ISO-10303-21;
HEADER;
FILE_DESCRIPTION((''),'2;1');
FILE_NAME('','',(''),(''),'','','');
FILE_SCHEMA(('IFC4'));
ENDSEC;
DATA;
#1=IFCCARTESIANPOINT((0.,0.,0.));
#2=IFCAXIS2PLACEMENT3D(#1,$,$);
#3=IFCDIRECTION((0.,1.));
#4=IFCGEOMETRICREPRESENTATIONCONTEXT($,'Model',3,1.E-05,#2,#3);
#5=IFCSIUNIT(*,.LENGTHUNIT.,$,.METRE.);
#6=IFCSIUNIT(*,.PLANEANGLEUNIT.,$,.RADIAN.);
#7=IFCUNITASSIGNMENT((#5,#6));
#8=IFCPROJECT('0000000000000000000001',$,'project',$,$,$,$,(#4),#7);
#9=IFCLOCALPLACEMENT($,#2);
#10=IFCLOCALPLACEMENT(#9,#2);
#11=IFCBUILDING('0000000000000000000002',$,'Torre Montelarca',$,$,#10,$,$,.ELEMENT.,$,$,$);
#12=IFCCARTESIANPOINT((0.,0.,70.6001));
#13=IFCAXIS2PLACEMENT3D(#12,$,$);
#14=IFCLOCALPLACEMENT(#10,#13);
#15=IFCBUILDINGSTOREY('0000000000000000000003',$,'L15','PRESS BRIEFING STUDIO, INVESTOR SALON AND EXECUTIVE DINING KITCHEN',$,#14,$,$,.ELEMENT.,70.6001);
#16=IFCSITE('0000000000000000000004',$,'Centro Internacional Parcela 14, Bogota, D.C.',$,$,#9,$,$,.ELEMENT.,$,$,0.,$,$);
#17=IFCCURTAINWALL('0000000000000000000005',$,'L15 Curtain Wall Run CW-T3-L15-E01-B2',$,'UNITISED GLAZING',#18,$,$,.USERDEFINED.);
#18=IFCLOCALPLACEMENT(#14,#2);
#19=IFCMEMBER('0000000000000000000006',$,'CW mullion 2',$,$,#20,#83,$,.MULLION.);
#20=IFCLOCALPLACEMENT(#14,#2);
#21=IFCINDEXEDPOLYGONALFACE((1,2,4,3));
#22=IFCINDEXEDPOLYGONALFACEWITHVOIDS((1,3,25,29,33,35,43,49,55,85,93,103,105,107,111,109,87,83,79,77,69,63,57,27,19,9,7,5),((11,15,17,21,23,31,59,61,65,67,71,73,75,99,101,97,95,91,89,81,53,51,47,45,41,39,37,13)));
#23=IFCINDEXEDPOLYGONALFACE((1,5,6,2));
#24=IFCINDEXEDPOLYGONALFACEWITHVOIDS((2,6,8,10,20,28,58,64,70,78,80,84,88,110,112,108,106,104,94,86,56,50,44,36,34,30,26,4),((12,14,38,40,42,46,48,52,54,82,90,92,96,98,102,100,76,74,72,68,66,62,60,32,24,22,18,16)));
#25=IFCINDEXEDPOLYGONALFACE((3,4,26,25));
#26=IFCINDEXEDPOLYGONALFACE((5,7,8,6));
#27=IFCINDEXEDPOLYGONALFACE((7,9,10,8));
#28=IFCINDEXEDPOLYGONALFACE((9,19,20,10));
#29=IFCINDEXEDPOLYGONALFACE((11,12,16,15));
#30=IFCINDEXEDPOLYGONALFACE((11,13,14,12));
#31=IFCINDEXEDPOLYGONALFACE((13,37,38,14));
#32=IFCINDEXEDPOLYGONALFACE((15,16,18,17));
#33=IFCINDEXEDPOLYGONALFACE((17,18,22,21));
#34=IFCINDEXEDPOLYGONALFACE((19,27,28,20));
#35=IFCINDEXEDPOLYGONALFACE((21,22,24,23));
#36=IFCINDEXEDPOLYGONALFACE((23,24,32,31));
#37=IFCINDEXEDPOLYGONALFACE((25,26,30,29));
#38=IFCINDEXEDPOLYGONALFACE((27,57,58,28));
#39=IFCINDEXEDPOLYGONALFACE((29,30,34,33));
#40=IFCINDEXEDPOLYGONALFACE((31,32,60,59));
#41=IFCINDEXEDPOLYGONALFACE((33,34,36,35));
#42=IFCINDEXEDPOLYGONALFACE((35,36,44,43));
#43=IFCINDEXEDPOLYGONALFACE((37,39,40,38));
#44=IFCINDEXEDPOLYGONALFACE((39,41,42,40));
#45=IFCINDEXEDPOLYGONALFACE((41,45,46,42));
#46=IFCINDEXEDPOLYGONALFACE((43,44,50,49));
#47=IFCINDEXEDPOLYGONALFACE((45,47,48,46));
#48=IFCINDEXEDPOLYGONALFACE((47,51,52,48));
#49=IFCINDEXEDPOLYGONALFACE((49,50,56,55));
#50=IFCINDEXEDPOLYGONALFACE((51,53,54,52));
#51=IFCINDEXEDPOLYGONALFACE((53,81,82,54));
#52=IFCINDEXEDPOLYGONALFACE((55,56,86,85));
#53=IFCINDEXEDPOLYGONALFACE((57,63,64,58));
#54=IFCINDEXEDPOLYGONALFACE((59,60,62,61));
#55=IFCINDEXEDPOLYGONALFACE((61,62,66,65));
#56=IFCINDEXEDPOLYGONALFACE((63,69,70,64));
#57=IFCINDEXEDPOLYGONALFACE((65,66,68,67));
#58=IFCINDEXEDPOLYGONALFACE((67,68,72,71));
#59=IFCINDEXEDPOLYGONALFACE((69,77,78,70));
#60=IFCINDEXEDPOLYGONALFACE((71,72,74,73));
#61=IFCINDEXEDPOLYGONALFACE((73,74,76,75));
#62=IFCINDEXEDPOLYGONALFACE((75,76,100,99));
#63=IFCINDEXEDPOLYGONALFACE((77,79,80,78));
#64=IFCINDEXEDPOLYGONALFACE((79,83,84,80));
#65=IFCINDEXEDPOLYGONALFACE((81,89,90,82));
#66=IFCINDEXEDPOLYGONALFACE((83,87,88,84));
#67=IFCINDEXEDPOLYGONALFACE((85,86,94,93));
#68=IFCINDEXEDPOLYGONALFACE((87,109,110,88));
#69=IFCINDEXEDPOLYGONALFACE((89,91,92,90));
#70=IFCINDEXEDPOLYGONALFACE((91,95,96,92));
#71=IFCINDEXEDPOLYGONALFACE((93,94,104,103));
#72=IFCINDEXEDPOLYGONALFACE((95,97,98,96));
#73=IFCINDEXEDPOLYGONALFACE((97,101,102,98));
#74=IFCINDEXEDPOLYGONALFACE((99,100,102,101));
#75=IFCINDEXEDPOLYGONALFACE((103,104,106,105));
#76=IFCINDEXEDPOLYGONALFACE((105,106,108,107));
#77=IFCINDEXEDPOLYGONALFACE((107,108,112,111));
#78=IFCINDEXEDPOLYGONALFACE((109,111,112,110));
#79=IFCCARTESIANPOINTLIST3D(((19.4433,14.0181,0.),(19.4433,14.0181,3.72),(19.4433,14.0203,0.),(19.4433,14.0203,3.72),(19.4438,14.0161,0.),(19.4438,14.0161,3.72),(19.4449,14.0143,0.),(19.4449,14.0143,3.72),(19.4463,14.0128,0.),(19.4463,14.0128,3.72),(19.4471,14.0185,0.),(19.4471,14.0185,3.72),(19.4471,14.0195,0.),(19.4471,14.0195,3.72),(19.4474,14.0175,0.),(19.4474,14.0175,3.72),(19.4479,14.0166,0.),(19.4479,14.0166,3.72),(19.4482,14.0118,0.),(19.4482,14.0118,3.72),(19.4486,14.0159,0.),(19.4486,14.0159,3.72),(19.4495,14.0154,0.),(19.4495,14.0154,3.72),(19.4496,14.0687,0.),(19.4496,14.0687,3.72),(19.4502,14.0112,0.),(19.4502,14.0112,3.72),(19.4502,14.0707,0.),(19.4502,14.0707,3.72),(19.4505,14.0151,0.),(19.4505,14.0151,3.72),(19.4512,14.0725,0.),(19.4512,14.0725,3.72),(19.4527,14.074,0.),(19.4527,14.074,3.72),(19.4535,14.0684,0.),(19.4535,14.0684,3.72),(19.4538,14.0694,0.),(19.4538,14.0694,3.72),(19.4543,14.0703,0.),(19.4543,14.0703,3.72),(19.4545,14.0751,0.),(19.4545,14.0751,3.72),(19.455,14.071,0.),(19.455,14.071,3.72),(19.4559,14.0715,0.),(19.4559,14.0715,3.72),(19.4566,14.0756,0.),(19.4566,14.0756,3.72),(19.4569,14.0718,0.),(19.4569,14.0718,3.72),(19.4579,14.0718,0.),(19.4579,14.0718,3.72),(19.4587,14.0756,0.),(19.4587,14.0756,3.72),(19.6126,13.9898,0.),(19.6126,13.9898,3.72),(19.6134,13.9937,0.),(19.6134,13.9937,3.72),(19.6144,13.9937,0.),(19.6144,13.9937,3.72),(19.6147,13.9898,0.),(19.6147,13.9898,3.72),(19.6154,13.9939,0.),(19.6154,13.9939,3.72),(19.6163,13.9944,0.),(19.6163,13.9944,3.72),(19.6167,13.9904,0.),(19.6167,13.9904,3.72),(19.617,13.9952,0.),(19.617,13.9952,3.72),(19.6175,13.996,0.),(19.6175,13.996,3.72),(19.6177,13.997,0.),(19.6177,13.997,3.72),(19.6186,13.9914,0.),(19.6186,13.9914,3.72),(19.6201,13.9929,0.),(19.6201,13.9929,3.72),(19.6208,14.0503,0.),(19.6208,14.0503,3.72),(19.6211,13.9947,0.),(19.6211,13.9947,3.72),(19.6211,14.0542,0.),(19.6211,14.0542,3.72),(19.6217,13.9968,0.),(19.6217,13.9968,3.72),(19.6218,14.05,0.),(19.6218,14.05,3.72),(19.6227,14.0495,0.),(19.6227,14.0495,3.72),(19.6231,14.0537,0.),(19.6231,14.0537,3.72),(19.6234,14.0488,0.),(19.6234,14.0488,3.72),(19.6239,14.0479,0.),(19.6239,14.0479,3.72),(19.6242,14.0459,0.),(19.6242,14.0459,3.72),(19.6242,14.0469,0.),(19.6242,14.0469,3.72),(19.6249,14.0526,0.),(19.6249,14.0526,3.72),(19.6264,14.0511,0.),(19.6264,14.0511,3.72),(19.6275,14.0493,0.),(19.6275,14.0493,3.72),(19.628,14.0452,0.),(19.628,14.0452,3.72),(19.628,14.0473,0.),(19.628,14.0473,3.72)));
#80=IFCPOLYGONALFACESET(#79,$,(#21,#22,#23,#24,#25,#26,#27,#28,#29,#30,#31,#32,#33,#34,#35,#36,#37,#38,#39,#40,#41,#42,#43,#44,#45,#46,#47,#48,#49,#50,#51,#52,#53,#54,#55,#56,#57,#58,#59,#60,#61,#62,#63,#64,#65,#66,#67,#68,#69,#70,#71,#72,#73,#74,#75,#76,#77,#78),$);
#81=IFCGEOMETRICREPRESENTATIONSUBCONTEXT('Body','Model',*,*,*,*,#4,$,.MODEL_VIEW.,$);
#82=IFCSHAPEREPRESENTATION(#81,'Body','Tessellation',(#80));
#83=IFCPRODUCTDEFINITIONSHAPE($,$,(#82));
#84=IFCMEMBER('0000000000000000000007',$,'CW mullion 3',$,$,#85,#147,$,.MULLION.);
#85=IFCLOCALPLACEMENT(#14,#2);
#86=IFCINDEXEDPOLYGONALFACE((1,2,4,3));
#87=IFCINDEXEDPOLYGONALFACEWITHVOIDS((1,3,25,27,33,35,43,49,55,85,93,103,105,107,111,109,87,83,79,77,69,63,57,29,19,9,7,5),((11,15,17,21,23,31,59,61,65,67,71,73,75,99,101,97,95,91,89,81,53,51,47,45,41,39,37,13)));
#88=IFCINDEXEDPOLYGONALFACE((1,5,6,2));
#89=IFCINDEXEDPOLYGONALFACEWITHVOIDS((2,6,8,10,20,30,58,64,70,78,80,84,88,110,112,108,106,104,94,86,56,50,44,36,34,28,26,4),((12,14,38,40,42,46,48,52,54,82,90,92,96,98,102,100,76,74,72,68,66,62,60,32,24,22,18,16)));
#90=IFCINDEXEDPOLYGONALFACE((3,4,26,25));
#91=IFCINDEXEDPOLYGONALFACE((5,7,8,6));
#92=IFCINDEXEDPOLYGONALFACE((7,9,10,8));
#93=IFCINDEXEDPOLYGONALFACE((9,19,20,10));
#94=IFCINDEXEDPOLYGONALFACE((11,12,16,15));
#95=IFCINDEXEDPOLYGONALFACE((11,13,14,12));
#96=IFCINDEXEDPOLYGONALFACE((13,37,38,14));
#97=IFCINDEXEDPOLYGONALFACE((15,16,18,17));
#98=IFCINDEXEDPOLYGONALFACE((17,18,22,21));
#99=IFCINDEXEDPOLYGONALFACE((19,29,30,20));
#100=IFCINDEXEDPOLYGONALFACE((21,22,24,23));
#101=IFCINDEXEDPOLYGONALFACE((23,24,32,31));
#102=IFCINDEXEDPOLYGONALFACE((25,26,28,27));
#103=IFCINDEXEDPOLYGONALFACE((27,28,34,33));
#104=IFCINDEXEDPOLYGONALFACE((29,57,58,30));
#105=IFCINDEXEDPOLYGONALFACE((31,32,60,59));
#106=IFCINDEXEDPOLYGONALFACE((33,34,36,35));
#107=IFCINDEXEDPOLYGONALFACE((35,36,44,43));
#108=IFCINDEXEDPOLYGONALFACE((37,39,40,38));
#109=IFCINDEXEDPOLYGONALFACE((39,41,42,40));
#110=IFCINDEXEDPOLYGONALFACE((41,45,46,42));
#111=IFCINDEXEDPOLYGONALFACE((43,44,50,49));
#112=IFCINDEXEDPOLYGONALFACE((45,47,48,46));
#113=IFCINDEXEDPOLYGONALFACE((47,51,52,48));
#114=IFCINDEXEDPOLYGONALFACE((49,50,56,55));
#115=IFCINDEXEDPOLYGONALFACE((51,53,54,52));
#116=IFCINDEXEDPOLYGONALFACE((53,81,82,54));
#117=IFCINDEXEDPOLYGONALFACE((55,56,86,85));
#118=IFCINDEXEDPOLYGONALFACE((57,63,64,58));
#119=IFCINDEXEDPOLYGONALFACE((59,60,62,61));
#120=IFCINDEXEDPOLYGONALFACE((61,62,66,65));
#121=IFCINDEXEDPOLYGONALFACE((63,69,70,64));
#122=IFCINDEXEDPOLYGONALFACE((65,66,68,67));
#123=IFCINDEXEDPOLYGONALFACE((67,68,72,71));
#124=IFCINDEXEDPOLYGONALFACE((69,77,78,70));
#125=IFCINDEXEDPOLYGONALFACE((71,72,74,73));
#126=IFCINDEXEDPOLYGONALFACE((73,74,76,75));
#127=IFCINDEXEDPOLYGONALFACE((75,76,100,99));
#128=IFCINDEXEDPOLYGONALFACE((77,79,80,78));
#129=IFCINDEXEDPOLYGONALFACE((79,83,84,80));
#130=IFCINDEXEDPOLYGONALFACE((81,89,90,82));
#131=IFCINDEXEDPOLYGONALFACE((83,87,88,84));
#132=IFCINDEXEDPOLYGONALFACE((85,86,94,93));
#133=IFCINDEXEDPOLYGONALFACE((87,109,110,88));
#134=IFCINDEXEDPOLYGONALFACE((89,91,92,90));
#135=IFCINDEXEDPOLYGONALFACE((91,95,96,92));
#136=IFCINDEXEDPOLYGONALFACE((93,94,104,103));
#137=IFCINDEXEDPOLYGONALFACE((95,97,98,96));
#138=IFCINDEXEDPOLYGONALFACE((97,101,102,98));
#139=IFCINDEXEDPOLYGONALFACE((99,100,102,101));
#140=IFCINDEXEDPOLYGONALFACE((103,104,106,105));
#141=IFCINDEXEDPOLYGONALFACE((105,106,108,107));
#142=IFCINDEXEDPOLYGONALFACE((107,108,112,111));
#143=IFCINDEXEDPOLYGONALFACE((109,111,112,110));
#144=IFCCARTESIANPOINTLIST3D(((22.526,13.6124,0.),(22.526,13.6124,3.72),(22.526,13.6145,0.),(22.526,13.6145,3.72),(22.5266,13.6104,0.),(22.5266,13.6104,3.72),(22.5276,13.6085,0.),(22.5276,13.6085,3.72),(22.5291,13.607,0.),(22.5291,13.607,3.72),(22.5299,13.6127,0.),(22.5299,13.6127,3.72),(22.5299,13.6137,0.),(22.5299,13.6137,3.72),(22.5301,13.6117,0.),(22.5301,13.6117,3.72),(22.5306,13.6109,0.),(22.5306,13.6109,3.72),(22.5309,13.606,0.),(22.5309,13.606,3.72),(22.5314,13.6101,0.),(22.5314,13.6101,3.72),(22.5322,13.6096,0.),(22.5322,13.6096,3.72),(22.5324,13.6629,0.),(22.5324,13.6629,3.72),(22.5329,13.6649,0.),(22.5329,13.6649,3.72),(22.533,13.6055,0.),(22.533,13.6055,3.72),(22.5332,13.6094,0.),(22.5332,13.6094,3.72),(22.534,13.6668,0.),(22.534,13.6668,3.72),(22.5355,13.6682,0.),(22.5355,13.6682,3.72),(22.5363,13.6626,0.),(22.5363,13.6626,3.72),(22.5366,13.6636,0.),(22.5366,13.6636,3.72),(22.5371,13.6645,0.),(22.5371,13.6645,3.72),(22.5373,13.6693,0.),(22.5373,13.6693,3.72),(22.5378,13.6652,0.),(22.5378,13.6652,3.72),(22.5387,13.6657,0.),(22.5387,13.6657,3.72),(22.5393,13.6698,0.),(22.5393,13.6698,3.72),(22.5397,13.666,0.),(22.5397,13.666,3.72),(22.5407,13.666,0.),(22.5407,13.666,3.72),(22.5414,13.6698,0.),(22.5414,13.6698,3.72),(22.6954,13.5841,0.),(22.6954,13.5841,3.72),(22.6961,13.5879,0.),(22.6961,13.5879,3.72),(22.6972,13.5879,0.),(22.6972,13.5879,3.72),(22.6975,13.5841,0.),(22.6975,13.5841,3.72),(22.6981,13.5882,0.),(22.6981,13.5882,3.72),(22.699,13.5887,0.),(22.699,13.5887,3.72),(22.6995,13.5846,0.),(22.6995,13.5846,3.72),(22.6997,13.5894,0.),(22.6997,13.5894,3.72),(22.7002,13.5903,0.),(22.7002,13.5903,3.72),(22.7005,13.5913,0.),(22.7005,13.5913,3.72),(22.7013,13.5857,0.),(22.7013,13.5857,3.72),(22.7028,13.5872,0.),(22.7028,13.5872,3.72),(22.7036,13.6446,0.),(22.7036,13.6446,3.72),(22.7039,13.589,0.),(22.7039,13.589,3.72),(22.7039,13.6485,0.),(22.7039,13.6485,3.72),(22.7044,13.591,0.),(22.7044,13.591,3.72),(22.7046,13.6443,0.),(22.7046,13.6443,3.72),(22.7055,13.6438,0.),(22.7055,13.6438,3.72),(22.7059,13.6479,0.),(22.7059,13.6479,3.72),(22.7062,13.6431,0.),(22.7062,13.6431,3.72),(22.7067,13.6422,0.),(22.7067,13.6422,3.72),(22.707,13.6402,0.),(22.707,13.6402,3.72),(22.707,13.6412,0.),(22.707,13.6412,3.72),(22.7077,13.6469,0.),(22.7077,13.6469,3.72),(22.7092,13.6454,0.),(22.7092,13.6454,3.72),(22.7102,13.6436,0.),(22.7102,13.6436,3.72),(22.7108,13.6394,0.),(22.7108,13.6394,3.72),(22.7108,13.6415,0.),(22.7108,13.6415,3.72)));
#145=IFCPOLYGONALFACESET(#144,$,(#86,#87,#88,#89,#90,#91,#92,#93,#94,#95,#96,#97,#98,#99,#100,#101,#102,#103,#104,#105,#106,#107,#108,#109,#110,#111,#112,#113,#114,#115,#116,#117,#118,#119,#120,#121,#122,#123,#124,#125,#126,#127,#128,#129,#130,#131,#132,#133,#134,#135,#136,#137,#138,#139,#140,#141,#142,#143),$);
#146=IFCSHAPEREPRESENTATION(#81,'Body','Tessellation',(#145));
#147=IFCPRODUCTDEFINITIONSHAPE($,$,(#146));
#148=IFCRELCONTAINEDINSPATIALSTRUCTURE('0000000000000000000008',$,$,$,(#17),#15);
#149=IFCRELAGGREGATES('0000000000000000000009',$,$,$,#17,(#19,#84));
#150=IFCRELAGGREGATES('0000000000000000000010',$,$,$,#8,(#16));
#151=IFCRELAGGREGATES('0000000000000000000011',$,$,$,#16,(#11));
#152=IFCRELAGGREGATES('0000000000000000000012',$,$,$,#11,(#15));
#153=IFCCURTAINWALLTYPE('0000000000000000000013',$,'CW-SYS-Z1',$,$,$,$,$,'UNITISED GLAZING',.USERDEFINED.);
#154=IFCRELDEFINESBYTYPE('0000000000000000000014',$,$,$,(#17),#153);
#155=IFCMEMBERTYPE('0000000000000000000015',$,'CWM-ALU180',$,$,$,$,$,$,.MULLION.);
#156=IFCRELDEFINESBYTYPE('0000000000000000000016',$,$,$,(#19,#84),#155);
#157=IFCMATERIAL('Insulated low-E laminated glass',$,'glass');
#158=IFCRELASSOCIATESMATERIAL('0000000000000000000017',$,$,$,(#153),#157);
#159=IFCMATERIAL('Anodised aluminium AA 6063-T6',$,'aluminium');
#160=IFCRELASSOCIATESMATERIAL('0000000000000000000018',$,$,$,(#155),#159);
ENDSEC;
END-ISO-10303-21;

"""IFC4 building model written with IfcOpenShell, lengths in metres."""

from ifc_helpers import new_model, si_unit, direction, frame, origin, origin_2d, place, context, subcontext, project, spatial, hollow_rectangle, extrude, source, transform, mapped, material, material_profile, profile_set, type_object, element, aggregate, save


model = new_model("IFC4")

# Units and contexts
model_context = context("Model", 3, precision=1e-05, world=origin(), true_north=direction((0.0, 1.0)))
body_context = subcontext(model_context, "Body", "Model", "MODEL_VIEW")
ifc_project = project(units=[si_unit("LENGTHUNIT", "METRE"), si_unit("PLANEANGLEUNIT", "RADIAN")], contexts=[model_context])

# Site, building, storey
site_placement = place(None, origin())
site = spatial("IfcSite", under=ifc_project, at=site_placement, Name="Centro Internacional Parcela 14, Bogota, D.C.", CompositionType="ELEMENT", RefElevation=0.0)
building_placement = place(site_placement, origin())
building = spatial("IfcBuilding", under=site, at=building_placement, Name="Torre Montelarca", CompositionType="ELEMENT")
storey_placement = place(building_placement, frame((0.0, 0.0, 70.6001)))
storey = spatial("IfcBuildingStorey", under=building, at=storey_placement, Name="L15", Description="PRESS BRIEFING STUDIO, INVESTOR SALON AND EXECUTIVE DINING KITCHEN", CompositionType="ELEMENT", Elevation=70.6001)

# Curtain wall
ifc_material_1 = material(Name="Insulated low-E laminated glass", Category="glass")
curtain_wall_type = type_object("IfcCurtainWallType", Name="CW-SYS-Z1", ElementType="UNITISED GLAZING", PredefinedType="USERDEFINED", material=ifc_material_1)
curtain_wall_1_placement = place(storey_placement, origin())
curtain_wall_1 = element("IfcCurtainWall", 1, at=curtain_wall_1_placement, inside=storey, type_object=curtain_wall_type, Name="L15 Curtain Wall Run CW-T3-L15-E01-B2", ObjectType="UNITISED GLAZING", PredefinedType="USERDEFINED")
ifc_material_2 = material(Name="Anodised aluminium AA 6063-T6", Category="aluminium")

# Members
ifc_material_profile_1 = material_profile(ifc_material_2, hollow_rectangle(XDim=0.0649, YDim=0.1799, WallThickness=0.0039, InnerFilletRadius=0.0039, OuterFilletRadius=0.0081, at=origin_2d()), Name="ALU65X180X4", Category="aluminium")
ifc_profile_set_1 = profile_set([ifc_material_profile_1], Name="Anodised aluminium AA 6063-T6")
member_type_1 = type_object("IfcMemberType", Name="CWM-ALU180", PredefinedType="MULLION", material=ifc_profile_set_1)
shared_shape_1 = source(origin(), body_context, "Body", "SweptSolid", [
    extrude(hollow_rectangle(XDim=0.0649, YDim=0.1799, WallThickness=0.0039, InnerFilletRadius=0.0039, OuterFilletRadius=0.0081, at=origin_2d()), origin(), (0.0, 0.0, 1.0), 3.72),
])
member_1_placement = place(storey_placement, frame((19.5356, 14.0327, 0.0), z_axis=(0.0, 0.0, 1.0), x_axis=(0.130525, 0.991445, 0.0)))
member_1 = element("IfcMember", 2, at=member_1_placement, type_object=member_type_1, Name="CW mullion 2", PredefinedType="MULLION", context=body_context, shape_type="MappedRepresentation", body=[
    mapped(shared_shape_1, transform((0.0, 0.0, 0.0), scale=1.0)),
])
member_2_placement = place(storey_placement, frame((22.6184, 13.627, 0.0), z_axis=(0.0, 0.0, 1.0), x_axis=(0.130525, 0.991445, 0.0)))
member_2 = element("IfcMember", 3, at=member_2_placement, type_object=member_type_1, Name="CW mullion 3", PredefinedType="MULLION", context=body_context, shape_type="MappedRepresentation", body=[
    mapped(shared_shape_1, transform((0.0, 0.0, 0.0), scale=1.0)),
])

aggregate(curtain_wall_1, [member_1, member_2])

save(model, "model.ifc")
